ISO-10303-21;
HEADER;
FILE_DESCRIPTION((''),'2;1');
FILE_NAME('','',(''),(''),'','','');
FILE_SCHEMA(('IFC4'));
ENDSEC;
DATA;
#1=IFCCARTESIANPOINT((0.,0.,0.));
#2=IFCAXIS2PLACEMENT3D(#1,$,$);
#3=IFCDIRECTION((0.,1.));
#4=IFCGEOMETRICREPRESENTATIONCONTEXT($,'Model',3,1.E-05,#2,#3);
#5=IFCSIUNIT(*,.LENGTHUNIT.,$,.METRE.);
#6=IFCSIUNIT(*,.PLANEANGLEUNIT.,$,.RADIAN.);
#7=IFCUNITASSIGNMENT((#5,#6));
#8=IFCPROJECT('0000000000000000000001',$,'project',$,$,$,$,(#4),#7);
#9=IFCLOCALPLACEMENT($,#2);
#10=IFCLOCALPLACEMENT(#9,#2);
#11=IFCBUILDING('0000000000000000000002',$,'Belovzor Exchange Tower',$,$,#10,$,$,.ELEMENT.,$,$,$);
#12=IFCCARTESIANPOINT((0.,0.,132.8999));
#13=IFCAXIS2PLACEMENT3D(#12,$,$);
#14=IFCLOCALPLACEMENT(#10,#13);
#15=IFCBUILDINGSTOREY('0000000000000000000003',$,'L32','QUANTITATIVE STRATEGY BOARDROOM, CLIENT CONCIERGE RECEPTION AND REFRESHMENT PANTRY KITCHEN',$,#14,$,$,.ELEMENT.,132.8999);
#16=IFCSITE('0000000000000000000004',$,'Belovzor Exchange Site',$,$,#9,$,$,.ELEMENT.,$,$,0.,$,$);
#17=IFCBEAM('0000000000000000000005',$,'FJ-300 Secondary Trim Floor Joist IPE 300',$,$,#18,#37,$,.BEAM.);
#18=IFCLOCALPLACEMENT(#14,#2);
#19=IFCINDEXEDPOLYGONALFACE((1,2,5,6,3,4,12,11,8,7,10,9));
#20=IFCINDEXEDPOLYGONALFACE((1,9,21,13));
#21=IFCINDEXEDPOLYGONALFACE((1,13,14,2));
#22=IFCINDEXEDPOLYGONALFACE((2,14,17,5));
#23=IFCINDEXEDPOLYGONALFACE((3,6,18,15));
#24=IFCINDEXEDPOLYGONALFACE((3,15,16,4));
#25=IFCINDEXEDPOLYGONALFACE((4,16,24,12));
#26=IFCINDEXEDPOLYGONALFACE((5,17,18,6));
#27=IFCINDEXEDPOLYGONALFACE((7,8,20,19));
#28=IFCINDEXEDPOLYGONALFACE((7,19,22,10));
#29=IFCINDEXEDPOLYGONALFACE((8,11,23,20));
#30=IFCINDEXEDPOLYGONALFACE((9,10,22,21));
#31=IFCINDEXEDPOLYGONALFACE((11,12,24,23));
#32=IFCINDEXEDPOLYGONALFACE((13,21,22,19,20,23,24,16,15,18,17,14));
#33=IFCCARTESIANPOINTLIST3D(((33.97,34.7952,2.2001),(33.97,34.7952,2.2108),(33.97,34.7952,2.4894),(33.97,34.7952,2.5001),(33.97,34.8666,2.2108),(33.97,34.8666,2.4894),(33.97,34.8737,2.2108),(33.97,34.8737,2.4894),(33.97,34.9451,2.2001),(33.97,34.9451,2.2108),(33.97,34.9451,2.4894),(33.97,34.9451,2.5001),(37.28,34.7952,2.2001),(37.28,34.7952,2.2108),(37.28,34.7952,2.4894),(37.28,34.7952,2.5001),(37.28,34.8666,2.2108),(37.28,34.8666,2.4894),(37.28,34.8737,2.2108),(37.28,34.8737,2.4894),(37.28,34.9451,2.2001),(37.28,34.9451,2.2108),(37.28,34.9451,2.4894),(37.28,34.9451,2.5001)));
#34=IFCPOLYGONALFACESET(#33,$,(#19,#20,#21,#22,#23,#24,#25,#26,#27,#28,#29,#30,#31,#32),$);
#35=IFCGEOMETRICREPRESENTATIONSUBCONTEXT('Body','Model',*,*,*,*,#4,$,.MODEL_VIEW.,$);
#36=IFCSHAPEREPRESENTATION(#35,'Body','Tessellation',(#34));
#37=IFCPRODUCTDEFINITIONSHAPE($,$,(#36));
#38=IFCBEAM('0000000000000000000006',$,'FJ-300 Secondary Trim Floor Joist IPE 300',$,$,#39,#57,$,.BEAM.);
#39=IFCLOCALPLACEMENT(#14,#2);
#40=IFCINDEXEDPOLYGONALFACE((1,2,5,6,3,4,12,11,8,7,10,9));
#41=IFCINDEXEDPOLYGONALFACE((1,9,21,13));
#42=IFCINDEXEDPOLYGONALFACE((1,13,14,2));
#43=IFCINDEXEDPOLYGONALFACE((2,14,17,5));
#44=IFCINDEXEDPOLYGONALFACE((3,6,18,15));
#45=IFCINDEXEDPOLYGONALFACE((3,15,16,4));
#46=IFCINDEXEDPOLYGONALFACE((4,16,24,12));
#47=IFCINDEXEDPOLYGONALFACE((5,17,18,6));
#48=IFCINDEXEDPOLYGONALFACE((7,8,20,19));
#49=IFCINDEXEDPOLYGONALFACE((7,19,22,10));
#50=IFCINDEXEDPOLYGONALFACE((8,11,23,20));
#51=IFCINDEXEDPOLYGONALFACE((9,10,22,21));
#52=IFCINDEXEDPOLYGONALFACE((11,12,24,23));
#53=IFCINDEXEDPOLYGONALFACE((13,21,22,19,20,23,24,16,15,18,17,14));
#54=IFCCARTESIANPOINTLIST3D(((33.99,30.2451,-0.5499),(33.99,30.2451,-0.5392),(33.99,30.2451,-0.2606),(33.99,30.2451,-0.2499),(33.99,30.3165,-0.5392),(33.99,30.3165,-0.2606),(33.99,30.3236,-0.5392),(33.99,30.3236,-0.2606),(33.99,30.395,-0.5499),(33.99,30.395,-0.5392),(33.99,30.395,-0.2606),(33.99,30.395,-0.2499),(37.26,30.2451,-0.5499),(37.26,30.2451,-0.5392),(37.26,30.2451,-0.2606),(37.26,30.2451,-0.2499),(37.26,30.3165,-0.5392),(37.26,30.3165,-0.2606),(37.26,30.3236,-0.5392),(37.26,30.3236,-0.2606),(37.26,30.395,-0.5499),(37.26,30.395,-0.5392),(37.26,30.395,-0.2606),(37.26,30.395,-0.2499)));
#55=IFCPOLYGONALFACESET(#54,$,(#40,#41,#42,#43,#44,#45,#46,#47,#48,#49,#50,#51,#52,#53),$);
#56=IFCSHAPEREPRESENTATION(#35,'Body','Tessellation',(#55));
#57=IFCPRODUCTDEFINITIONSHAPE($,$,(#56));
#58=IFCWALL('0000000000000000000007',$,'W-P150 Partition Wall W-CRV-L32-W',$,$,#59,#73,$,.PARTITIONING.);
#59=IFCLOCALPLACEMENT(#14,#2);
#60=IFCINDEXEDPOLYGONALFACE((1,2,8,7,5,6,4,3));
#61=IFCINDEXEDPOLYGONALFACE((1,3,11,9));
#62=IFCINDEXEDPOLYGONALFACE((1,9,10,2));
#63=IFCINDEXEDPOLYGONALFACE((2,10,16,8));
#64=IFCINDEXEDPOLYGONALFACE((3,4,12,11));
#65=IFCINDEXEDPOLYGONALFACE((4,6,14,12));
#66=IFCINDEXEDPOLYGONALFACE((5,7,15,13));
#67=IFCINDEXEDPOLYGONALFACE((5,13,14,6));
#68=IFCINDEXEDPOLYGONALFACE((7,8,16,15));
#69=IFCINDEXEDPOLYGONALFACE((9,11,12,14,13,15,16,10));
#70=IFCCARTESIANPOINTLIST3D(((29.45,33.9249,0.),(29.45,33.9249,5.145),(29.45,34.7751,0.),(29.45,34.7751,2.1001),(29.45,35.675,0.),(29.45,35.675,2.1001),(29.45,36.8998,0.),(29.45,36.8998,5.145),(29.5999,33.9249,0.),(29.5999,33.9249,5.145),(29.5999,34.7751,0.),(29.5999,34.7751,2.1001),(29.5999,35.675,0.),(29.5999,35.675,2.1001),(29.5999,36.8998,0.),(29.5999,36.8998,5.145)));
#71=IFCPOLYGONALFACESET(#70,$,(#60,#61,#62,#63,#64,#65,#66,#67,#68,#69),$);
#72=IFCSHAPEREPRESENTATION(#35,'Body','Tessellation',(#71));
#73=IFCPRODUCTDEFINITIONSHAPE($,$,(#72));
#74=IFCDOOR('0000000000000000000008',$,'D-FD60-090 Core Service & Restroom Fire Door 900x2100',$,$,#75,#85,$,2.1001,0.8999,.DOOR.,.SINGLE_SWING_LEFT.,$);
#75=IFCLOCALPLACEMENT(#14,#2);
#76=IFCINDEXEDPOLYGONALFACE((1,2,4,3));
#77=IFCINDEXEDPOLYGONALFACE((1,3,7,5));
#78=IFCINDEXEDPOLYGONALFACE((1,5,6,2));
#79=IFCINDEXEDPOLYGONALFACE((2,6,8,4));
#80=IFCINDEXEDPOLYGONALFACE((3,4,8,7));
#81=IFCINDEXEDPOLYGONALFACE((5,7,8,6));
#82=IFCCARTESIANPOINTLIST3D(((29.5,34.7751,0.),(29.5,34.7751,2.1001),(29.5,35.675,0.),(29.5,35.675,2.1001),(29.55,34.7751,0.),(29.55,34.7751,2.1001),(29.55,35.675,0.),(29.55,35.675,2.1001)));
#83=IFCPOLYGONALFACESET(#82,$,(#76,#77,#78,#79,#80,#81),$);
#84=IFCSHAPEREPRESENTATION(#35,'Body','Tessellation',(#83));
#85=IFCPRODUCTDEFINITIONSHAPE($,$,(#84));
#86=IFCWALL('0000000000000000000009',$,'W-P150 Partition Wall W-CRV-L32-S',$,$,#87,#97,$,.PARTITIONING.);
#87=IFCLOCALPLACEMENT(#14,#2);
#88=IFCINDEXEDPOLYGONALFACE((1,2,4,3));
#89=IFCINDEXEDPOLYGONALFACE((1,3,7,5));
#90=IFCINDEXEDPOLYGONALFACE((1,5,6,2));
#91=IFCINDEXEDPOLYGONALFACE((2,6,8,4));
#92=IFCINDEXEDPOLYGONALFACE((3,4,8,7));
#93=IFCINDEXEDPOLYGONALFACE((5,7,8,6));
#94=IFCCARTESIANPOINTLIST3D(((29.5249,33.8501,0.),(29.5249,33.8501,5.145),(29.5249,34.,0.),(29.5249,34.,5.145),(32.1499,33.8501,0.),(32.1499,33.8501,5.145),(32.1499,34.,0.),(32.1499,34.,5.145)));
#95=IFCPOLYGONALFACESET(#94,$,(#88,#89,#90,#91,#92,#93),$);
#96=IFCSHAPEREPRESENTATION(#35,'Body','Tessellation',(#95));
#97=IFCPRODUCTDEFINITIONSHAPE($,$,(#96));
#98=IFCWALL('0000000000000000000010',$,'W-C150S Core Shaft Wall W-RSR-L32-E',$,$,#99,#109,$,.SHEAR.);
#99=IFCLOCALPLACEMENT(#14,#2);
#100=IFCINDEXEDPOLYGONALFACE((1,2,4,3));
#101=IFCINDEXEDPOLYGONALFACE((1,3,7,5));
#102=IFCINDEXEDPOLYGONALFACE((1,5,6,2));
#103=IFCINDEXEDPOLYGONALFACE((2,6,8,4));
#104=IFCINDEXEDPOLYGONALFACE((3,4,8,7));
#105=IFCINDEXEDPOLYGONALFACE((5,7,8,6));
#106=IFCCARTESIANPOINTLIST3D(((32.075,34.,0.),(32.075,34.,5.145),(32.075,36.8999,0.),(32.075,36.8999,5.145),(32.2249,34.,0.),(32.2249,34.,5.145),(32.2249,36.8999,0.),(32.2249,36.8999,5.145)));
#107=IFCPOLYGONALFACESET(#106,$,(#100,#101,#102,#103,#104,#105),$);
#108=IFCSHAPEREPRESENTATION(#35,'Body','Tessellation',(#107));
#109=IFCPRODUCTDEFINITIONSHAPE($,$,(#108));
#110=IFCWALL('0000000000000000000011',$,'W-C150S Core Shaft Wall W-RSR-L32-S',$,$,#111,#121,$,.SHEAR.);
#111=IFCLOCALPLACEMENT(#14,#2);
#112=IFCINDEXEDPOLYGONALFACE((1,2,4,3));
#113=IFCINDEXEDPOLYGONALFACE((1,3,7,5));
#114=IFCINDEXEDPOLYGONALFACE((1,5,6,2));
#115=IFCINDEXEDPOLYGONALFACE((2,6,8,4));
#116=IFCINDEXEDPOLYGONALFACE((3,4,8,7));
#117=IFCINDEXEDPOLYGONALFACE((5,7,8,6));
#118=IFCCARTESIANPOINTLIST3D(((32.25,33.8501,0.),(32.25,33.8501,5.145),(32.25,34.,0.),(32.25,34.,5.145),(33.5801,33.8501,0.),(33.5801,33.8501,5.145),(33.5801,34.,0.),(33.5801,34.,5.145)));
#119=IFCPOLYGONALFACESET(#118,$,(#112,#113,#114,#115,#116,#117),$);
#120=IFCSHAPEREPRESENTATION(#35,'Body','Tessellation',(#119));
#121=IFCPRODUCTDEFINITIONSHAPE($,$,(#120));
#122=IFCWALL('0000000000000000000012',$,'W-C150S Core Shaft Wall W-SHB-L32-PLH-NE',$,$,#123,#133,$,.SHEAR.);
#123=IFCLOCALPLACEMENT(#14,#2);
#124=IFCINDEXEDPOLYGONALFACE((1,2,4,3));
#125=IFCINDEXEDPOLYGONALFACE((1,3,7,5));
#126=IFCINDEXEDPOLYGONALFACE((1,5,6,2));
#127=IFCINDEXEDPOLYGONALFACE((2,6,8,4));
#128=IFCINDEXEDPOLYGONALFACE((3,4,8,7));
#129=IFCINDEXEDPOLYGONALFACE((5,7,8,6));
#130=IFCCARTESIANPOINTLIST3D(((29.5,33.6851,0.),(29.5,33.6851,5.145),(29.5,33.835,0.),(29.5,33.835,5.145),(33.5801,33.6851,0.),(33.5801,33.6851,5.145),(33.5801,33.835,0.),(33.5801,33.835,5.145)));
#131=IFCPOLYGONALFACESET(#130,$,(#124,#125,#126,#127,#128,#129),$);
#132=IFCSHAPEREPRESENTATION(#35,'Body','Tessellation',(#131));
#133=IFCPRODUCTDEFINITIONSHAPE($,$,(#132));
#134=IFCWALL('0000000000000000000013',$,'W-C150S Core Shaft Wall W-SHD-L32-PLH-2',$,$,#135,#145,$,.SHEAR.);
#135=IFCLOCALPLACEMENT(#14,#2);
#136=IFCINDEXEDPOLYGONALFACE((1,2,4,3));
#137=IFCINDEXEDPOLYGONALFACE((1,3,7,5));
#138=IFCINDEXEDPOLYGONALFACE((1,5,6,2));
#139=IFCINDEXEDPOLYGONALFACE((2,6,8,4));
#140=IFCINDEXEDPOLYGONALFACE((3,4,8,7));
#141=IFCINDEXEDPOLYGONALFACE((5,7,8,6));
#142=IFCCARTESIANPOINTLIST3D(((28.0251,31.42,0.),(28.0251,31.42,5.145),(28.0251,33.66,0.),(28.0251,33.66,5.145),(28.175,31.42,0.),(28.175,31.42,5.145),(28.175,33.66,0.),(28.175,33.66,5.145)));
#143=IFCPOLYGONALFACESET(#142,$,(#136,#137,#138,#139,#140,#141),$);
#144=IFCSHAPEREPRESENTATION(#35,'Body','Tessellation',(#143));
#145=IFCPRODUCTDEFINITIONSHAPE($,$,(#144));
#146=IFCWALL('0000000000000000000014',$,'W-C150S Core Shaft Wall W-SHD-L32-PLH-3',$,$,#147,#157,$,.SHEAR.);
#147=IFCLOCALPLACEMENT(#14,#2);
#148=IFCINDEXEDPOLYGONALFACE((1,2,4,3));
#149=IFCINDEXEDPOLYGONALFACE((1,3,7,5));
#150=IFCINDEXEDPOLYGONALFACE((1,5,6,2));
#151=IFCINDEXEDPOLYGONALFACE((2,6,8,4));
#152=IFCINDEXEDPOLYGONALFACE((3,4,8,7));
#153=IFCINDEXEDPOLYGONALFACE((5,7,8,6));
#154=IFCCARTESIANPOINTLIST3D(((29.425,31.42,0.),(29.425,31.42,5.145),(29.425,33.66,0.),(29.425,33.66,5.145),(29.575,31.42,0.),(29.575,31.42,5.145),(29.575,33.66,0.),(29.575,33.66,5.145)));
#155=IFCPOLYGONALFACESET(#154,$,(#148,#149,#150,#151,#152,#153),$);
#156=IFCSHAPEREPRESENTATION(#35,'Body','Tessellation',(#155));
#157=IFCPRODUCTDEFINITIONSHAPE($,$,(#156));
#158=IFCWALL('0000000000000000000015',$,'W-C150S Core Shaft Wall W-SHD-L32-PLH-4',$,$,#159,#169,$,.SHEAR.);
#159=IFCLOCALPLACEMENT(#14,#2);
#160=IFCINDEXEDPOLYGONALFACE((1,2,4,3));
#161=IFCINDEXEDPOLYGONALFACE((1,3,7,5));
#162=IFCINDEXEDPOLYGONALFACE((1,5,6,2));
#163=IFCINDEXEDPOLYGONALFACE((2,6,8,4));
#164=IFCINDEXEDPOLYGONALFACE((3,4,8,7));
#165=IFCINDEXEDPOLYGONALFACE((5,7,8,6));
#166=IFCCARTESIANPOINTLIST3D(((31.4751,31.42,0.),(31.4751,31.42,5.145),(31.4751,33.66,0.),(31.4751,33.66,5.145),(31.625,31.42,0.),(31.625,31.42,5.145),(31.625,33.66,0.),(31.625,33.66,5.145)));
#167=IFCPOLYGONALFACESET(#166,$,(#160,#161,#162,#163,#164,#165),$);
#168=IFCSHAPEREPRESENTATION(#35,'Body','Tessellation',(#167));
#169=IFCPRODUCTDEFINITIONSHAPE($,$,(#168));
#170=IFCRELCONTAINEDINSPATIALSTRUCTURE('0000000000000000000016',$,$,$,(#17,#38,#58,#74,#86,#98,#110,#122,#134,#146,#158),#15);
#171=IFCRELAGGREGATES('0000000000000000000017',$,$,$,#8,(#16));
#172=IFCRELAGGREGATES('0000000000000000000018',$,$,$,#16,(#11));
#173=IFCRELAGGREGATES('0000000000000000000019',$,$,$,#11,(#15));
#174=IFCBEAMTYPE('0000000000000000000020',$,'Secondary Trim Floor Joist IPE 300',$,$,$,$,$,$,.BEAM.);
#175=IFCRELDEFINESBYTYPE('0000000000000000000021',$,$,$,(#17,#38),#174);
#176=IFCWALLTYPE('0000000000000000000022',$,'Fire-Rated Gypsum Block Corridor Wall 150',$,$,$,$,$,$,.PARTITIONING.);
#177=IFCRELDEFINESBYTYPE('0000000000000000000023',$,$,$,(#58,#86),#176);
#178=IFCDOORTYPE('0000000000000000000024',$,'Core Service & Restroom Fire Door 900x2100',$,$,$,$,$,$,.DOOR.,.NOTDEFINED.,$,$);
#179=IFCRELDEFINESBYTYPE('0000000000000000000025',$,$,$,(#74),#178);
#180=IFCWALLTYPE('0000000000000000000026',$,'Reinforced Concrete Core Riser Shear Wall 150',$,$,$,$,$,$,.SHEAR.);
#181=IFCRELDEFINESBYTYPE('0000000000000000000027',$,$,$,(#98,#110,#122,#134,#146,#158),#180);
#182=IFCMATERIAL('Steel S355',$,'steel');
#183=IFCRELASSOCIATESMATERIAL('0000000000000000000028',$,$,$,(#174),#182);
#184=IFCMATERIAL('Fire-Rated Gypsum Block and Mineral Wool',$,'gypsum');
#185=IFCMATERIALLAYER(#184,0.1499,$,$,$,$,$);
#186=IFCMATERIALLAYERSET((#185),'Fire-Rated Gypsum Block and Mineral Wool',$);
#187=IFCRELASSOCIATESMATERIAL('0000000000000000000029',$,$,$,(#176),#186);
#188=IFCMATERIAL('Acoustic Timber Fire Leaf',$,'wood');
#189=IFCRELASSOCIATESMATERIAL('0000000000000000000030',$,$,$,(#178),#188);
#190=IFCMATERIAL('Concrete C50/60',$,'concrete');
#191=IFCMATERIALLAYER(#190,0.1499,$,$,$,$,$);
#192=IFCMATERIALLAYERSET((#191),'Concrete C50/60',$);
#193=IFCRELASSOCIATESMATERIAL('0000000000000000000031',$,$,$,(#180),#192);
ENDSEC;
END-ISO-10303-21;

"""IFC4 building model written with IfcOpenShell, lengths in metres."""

from ifc_helpers import new_model, si_unit, direction, frame, frame_2d, origin, origin_2d, place, context, subcontext, project, spatial, rectangle, i_section, extrude, material, layer, layer_set, material_profile, profile_set, type_object, element, fill, save


model = new_model("IFC4")

# Units and contexts
model_context = context("Model", 3, precision=1e-05, world=origin(), true_north=direction((0.0, 1.0)))
body_context = subcontext(model_context, "Body", "Model", "MODEL_VIEW")
ifc_project = project(units=[si_unit("LENGTHUNIT", "METRE"), si_unit("PLANEANGLEUNIT", "RADIAN")], contexts=[model_context])

# Site, building, storey
site_placement = place(None, origin())
site = spatial("IfcSite", under=ifc_project, at=site_placement, Name="Belovzor Exchange Site", CompositionType="ELEMENT", RefElevation=0.0)
building_placement = place(site_placement, origin())
building = spatial("IfcBuilding", under=site, at=building_placement, Name="Belovzor Exchange Tower", CompositionType="ELEMENT")
storey_placement = place(building_placement, frame((0.0, 0.0, 132.8999)))
storey = spatial("IfcBuildingStorey", under=building, at=storey_placement, Name="L32", Description="QUANTITATIVE STRATEGY BOARDROOM, CLIENT CONCIERGE RECEPTION AND REFRESHMENT PANTRY KITCHEN", CompositionType="ELEMENT", Elevation=132.8999)

# Beams
ifc_material_1 = material(Name="Steel S355", Category="steel")
ifc_material_profile = material_profile(ifc_material_1, i_section(OverallWidth=0.1499, OverallDepth=0.3, WebThickness=0.0071, FlangeThickness=0.0107, at=origin_2d()))
ifc_profile_set = profile_set([ifc_material_profile], Name="Steel S355")
beam_type = type_object("IfcBeamType", Name="Secondary Trim Floor Joist IPE 300", PredefinedType="BEAM", material=ifc_profile_set)
beam_1_placement = place(storey_placement, frame((37.28, 34.8701, 2.3501), z_axis=(-1.0, 0.0, 0.0), x_axis=(0.0, -1.0, 0.0)))
element("IfcBeam", 1, at=beam_1_placement, inside=storey, type_object=beam_type, Name="FJ-300 Secondary Trim Floor Joist IPE 300", PredefinedType="BEAM", context=body_context, shape_type="SweptSolid", body=[
    extrude(i_section(OverallWidth=0.1499, OverallDepth=0.3, WebThickness=0.0071, FlangeThickness=0.0107, at=origin_2d()), origin(), (0.0, 0.0, 1.0), 3.3101),
])
beam_2_placement = place(storey_placement, frame((37.26, 30.3201, -0.3999), z_axis=(-1.0, 0.0, 0.0), x_axis=(0.0, -1.0, 0.0)))
element("IfcBeam", 2, at=beam_2_placement, inside=storey, type_object=beam_type, Name="FJ-300 Secondary Trim Floor Joist IPE 300", PredefinedType="BEAM", context=body_context, shape_type="SweptSolid", body=[
    extrude(i_section(OverallWidth=0.1499, OverallDepth=0.3, WebThickness=0.0071, FlangeThickness=0.0107, at=origin_2d()), origin(), (0.0, 0.0, 1.0), 3.27),
])

# Wall, opening, door
ifc_material_2 = material(Name="Fire-Rated Gypsum Block and Mineral Wool", Category="gypsum")
ifc_layer_1 = layer(ifc_material_2, 0.1499)
ifc_layer_set_1 = layer_set([ifc_layer_1], Name="Fire-Rated Gypsum Block and Mineral Wool")
wall_type_1 = type_object("IfcWallType", Name="Fire-Rated Gypsum Block Corridor Wall 150", PredefinedType="PARTITIONING", material=ifc_layer_set_1)
wall_1_placement = place(storey_placement, frame((29.5249, 33.925, 0.0), z_axis=(0.0, 0.0, 1.0), x_axis=(0.0, 1.0, 0.0)))
wall_1 = element("IfcWall", 3, at=wall_1_placement, inside=storey, type_object=wall_type_1, Name="W-P150 Partition Wall W-CRV-L32-W", PredefinedType="PARTITIONING", context=body_context, shape_type="SweptSolid", body=[
    extrude(rectangle(XDim=2.9749, YDim=0.1499, at=frame_2d((1.4873, 0.0))), origin(), (0.0, 0.0, 1.0), 5.145),
])
opening_1_placement = place(wall_1_placement, frame((0.8501, 0.0, 0.0)))
opening_1 = element("IfcOpeningElement", 4, at=opening_1_placement, cuts=wall_1, PredefinedType="OPENING", context=body_context, shape_type="SweptSolid", body=[
    extrude(rectangle(XDim=0.8999, YDim=2.1001, at=frame_2d((0.45, 1.05))), frame((0.0, 0.085, 0.0), z_axis=(0.0, -1.0, 0.0), x_axis=(1.0, 0.0, 0.0)), (0.0, 0.0, 1.0), 0.1699),
])
ifc_material_3 = material(Name="Acoustic Timber Fire Leaf", Category="wood")
door_type_1 = type_object("IfcDoorType", Name="Core Service & Restroom Fire Door 900x2100", OperationType="NOTDEFINED", PredefinedType="DOOR", material=ifc_material_3)
door_1_placement = place(opening_1_placement, origin())
door_1 = element("IfcDoor", 5, at=door_1_placement, inside=storey, type_object=door_type_1, Name="D-FD60-090 Core Service & Restroom Fire Door 900x2100", OperationType="SINGLE_SWING_LEFT", OverallHeight=2.1001, OverallWidth=0.8999, PredefinedType="DOOR", context=body_context, shape_type="SweptSolid", body=[
    extrude(rectangle(XDim=0.8999, YDim=2.1001, at=frame_2d((0.45, 1.05))), frame((0.0, 0.0249, 0.0), z_axis=(0.0, -1.0, 0.0), x_axis=(1.0, 0.0, 0.0)), (0.0, 0.0, 1.0), 0.05),
])
fill(opening_1, door_1)

# Walls
wall_2_placement = place(storey_placement, frame((29.5249, 33.925, 0.0), z_axis=(0.0, 0.0, 1.0), x_axis=(1.0, 0.0, 0.0)))
element("IfcWall", 6, at=wall_2_placement, inside=storey, type_object=wall_type_1, Name="W-P150 Partition Wall W-CRV-L32-S", PredefinedType="PARTITIONING", context=body_context, shape_type="SweptSolid", body=[
    extrude(rectangle(XDim=2.625, YDim=0.1499, at=frame_2d((1.3125, 0.0))), origin(), (0.0, 0.0, 1.0), 5.145),
])
ifc_material_4 = material(Name="Concrete C50/60", Category="concrete")
ifc_layer_2 = layer(ifc_material_4, 0.1499)
ifc_layer_set_2 = layer_set([ifc_layer_2], Name="Concrete C50/60")
wall_type_2 = type_object("IfcWallType", Name="Reinforced Concrete Core Riser Shear Wall 150", PredefinedType="SHEAR", material=ifc_layer_set_2)
wall_3_placement = place(storey_placement, frame((32.1499, 34.0, 0.0), z_axis=(0.0, 0.0, 1.0), x_axis=(0.0, 1.0, 0.0)))
element("IfcWall", 7, at=wall_3_placement, inside=storey, type_object=wall_type_2, Name="W-C150S Core Shaft Wall W-RSR-L32-E", PredefinedType="SHEAR", context=body_context, shape_type="SweptSolid", body=[
    extrude(rectangle(XDim=2.8999, YDim=0.1499, at=frame_2d((1.45, 0.0))), origin(), (0.0, 0.0, 1.0), 5.145),
])
wall_4_placement = place(storey_placement, frame((32.25, 33.925, 0.0), z_axis=(0.0, 0.0, 1.0), x_axis=(1.0, 0.0, 0.0)))
element("IfcWall", 8, at=wall_4_placement, inside=storey, type_object=wall_type_2, Name="W-C150S Core Shaft Wall W-RSR-L32-S", PredefinedType="SHEAR", context=body_context, shape_type="SweptSolid", body=[
    extrude(rectangle(XDim=1.3301, YDim=0.1499, at=frame_2d((0.665, 0.0))), origin(), (0.0, 0.0, 1.0), 5.145),
])
wall_5_placement = place(storey_placement, frame((29.5, 33.76, 0.0), z_axis=(0.0, 0.0, 1.0), x_axis=(1.0, 0.0, 0.0)))
element("IfcWall", 9, at=wall_5_placement, inside=storey, type_object=wall_type_2, Name="W-C150S Core Shaft Wall W-SHB-L32-PLH-NE", PredefinedType="SHEAR", context=body_context, shape_type="SweptSolid", body=[
    extrude(rectangle(XDim=4.0801, YDim=0.1499, at=frame_2d((2.04, 0.0))), origin(), (0.0, 0.0, 1.0), 5.145),
])
for number, where, z_axis, x_axis, name in (
    (10, (28.1001, 31.4199, 0.0), (0.0, 0.0, 1.0), (0.0, 1.0, 0.0), "W-C150S Core Shaft Wall W-SHD-L32-PLH-2"),
    (11, (29.5, 31.4199, 0.0), (0.0, 0.0, 1.0), (0.0, 1.0, 0.0), "W-C150S Core Shaft Wall W-SHD-L32-PLH-3"),
    (12, (31.55, 31.4199, 0.0), (0.0, 0.0, 1.0), (0.0, 1.0, 0.0), "W-C150S Core Shaft Wall W-SHD-L32-PLH-4"),
):
    element("IfcWall", number, at=place(storey_placement, frame(where, z_axis=z_axis, x_axis=x_axis)), inside=storey, type_object=wall_type_2, Name=name, PredefinedType="SHEAR", context=body_context, shape_type="SweptSolid", body=[
        extrude(rectangle(XDim=2.24, YDim=0.1499, at=frame_2d((1.1201, 0.0))), origin(), (0.0, 0.0, 1.0), 5.145),
    ])

save(model, "model.ifc")
